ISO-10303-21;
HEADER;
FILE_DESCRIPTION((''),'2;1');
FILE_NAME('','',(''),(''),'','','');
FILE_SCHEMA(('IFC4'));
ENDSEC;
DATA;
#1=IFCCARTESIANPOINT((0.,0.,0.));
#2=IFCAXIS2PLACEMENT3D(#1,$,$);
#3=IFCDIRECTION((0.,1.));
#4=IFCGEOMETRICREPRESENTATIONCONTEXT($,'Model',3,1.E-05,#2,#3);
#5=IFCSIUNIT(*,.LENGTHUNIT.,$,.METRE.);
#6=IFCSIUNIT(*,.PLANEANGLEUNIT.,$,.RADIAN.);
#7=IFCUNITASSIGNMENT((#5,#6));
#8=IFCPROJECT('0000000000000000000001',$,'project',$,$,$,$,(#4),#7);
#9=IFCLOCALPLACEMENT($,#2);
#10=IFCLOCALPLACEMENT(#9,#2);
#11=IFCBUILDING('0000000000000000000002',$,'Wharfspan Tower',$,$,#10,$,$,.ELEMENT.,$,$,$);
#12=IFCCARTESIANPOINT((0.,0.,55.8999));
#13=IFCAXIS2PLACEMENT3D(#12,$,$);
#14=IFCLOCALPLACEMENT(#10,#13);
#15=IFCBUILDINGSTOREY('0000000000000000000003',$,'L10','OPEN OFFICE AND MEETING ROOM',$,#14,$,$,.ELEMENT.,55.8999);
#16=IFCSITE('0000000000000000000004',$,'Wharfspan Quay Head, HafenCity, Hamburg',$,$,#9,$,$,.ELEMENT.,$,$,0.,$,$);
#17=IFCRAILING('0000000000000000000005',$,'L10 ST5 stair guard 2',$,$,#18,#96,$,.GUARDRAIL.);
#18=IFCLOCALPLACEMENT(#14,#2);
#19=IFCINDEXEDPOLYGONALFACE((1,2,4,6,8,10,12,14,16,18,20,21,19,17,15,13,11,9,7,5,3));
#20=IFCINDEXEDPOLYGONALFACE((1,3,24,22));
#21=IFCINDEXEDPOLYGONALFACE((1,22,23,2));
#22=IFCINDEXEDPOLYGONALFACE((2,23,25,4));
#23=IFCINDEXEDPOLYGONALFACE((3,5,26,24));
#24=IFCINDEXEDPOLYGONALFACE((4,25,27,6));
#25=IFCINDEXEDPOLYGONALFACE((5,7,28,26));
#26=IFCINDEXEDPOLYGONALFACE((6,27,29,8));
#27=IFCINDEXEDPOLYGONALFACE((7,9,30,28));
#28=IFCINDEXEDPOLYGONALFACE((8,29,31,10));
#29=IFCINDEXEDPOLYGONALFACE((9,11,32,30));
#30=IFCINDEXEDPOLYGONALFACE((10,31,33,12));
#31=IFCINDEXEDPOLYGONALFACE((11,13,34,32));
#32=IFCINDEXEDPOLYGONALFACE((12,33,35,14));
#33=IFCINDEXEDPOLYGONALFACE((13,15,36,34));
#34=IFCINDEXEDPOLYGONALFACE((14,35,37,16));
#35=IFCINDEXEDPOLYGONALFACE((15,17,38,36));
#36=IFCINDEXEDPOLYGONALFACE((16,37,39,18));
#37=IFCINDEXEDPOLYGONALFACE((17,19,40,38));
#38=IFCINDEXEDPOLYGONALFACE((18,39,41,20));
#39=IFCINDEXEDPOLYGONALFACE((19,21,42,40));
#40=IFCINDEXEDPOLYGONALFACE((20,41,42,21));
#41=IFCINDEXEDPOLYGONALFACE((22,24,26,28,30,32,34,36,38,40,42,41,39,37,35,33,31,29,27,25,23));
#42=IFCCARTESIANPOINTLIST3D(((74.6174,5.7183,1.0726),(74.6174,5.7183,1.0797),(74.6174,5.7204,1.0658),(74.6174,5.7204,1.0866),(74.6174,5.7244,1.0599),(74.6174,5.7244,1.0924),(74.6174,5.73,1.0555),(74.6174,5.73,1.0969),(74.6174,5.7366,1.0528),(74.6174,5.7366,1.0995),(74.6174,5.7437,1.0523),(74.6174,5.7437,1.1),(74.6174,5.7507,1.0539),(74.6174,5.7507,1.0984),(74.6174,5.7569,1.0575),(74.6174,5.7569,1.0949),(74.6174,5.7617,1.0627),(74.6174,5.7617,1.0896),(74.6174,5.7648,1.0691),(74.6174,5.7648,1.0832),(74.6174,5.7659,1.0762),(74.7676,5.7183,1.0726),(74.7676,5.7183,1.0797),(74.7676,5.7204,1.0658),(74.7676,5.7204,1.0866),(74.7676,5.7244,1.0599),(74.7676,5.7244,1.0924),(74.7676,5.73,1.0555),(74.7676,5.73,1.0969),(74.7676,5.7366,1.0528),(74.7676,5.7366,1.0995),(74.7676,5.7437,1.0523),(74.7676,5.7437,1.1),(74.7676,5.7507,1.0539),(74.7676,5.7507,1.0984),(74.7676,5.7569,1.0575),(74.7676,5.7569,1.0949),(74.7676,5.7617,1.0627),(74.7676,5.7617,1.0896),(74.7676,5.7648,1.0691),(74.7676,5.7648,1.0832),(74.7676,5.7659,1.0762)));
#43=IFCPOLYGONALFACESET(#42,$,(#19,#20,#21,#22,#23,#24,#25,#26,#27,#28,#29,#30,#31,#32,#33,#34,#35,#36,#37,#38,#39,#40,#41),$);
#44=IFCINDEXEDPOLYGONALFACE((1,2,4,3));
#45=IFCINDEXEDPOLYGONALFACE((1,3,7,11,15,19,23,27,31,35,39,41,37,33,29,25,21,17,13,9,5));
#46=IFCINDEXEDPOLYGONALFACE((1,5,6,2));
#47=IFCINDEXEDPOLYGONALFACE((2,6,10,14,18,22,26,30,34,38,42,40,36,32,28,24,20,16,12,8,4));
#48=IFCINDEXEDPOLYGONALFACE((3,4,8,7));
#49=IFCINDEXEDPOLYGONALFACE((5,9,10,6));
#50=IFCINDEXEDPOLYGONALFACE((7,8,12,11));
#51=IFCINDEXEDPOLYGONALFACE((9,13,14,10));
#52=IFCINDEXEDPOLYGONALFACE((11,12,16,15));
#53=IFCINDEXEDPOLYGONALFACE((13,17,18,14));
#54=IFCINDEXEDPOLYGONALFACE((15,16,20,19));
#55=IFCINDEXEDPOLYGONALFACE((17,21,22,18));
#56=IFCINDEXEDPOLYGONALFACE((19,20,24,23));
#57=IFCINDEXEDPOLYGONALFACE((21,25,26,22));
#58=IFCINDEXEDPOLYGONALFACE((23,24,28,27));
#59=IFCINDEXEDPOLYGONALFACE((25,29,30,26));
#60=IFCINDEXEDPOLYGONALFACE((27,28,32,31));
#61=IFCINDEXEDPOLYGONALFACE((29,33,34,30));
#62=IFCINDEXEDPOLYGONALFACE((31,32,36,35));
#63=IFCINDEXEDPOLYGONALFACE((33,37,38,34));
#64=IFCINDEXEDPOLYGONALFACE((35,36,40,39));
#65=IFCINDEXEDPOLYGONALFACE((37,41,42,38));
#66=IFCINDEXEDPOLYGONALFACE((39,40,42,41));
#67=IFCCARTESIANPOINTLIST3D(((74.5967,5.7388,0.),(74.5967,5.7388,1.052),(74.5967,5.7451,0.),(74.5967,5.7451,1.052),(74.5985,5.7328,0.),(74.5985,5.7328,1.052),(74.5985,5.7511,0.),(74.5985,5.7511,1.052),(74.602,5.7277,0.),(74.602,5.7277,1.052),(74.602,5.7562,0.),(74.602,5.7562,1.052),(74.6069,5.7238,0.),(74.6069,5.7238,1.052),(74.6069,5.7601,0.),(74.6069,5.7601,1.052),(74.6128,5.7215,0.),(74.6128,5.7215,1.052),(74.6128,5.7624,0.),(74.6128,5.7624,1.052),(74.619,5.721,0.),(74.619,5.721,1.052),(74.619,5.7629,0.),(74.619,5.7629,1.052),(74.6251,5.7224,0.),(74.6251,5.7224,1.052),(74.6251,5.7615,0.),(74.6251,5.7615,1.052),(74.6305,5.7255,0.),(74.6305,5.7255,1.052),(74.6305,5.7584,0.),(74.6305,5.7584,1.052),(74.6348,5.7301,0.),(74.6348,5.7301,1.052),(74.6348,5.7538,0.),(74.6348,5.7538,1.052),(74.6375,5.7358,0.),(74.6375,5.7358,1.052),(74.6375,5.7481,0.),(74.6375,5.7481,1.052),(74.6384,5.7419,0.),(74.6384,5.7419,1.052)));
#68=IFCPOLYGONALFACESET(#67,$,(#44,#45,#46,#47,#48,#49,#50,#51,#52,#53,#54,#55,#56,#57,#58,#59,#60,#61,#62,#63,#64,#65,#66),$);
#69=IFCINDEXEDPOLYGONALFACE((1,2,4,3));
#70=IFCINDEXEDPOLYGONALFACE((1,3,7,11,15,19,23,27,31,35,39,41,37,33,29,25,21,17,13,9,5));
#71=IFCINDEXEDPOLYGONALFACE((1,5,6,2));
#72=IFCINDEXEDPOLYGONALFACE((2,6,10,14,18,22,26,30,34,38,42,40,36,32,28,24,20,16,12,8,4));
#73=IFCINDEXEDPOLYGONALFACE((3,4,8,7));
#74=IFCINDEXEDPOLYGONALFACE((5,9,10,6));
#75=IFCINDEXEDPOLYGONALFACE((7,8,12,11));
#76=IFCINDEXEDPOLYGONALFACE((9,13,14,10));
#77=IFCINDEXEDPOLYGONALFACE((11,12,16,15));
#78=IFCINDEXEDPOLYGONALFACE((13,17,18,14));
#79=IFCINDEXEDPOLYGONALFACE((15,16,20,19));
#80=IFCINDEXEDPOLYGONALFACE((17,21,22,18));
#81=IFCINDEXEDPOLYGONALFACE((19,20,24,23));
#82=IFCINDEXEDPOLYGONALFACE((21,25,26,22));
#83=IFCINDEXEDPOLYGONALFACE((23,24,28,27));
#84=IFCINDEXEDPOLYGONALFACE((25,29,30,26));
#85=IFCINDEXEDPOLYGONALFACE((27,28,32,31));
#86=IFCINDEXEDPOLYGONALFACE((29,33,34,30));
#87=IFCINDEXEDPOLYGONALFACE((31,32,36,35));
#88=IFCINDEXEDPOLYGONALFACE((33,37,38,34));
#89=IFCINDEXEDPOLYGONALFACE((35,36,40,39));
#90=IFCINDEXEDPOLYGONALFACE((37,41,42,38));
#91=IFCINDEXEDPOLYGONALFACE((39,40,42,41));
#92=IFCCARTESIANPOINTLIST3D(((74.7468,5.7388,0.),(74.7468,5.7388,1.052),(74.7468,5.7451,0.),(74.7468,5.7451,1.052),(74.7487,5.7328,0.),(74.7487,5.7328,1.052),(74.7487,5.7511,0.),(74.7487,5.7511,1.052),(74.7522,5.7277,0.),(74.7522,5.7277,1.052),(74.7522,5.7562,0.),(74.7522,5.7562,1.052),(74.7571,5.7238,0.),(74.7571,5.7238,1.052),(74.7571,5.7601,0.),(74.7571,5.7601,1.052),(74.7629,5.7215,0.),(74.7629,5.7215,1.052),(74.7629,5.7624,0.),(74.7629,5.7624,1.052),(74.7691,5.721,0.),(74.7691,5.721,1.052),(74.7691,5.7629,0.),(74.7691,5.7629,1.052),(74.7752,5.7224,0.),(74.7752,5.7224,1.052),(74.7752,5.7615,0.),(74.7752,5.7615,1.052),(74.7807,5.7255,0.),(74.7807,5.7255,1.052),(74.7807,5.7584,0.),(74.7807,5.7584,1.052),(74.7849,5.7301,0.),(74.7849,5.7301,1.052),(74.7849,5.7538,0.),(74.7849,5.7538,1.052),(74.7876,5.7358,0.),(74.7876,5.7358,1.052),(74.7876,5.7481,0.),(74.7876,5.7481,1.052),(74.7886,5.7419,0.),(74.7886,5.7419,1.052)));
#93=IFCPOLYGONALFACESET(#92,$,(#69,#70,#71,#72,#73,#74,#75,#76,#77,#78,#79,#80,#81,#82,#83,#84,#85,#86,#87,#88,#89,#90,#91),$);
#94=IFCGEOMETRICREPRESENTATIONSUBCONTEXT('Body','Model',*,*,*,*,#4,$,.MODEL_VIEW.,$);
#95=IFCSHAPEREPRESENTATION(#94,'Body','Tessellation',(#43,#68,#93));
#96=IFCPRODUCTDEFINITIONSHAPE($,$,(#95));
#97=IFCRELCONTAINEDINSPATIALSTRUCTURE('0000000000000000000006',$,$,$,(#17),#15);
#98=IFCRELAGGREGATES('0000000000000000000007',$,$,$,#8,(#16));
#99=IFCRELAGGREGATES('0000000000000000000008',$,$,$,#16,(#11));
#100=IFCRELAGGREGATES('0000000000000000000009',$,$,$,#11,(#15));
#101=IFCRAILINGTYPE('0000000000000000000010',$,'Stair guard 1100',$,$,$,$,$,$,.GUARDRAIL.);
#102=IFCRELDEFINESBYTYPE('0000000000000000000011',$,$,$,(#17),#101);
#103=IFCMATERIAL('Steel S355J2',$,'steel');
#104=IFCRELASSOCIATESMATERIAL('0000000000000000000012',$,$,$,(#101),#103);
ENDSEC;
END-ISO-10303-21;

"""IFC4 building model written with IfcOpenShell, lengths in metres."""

from ifc_helpers import new_model, si_unit, direction, frame, origin, origin_2d, place, context, subcontext, project, spatial, circle, extrude, material, type_object, element, save


model = new_model("IFC4")

# Units and contexts
model_context = context("Model", 3, precision=1e-05, world=origin(), true_north=direction((0.0, 1.0)))
body_context = subcontext(model_context, "Body", "Model", "MODEL_VIEW")
ifc_project = project(units=[si_unit("LENGTHUNIT", "METRE"), si_unit("PLANEANGLEUNIT", "RADIAN")], contexts=[model_context])

# Site, building, storey
site_placement = place(None, origin())
site = spatial("IfcSite", under=ifc_project, at=site_placement, Name="Wharfspan Quay Head, HafenCity, Hamburg", CompositionType="ELEMENT", RefElevation=0.0)
building_placement = place(site_placement, origin())
building = spatial("IfcBuilding", under=site, at=building_placement, Name="Wharfspan Tower", CompositionType="ELEMENT")
storey_placement = place(building_placement, frame((0.0, 0.0, 55.8999)))
storey = spatial("IfcBuildingStorey", under=building, at=storey_placement, Name="L10", Description="OPEN OFFICE AND MEETING ROOM", CompositionType="ELEMENT", Elevation=55.8999)

# Railing
ifc_material_1 = material(Name="Steel S355J2", Category="steel")
railing_type_1 = type_object("IfcRailingType", Name="Stair guard 1100", PredefinedType="GUARDRAIL", material=ifc_material_1)
railing_1_placement = place(storey_placement, frame((74.6174, 5.7419, 0.0)))
element("IfcRailing", 1, at=railing_1_placement, inside=storey, type_object=railing_type_1, Name="L10 ST5 stair guard 2", PredefinedType="GUARDRAIL", context=body_context, shape_type="SweptSolid", body=[
    extrude(circle(Radius=0.0239, at=origin_2d()), frame((0.0, 0.0, 1.0762), z_axis=(1.0, 0.0, 0.0), x_axis=(0.0, 1.0, 0.0)), (0.0, 0.0, 1.0), 0.1501),
    extrude(circle(Radius=0.021, at=origin_2d()), origin(), (0.0, 0.0, 1.0), 1.052),
    extrude(circle(Radius=0.021, at=origin_2d()), frame((0.1501, 0.0, 0.0)), (0.0, 0.0, 1.0), 1.052),
])

save(model, "model.ifc")
